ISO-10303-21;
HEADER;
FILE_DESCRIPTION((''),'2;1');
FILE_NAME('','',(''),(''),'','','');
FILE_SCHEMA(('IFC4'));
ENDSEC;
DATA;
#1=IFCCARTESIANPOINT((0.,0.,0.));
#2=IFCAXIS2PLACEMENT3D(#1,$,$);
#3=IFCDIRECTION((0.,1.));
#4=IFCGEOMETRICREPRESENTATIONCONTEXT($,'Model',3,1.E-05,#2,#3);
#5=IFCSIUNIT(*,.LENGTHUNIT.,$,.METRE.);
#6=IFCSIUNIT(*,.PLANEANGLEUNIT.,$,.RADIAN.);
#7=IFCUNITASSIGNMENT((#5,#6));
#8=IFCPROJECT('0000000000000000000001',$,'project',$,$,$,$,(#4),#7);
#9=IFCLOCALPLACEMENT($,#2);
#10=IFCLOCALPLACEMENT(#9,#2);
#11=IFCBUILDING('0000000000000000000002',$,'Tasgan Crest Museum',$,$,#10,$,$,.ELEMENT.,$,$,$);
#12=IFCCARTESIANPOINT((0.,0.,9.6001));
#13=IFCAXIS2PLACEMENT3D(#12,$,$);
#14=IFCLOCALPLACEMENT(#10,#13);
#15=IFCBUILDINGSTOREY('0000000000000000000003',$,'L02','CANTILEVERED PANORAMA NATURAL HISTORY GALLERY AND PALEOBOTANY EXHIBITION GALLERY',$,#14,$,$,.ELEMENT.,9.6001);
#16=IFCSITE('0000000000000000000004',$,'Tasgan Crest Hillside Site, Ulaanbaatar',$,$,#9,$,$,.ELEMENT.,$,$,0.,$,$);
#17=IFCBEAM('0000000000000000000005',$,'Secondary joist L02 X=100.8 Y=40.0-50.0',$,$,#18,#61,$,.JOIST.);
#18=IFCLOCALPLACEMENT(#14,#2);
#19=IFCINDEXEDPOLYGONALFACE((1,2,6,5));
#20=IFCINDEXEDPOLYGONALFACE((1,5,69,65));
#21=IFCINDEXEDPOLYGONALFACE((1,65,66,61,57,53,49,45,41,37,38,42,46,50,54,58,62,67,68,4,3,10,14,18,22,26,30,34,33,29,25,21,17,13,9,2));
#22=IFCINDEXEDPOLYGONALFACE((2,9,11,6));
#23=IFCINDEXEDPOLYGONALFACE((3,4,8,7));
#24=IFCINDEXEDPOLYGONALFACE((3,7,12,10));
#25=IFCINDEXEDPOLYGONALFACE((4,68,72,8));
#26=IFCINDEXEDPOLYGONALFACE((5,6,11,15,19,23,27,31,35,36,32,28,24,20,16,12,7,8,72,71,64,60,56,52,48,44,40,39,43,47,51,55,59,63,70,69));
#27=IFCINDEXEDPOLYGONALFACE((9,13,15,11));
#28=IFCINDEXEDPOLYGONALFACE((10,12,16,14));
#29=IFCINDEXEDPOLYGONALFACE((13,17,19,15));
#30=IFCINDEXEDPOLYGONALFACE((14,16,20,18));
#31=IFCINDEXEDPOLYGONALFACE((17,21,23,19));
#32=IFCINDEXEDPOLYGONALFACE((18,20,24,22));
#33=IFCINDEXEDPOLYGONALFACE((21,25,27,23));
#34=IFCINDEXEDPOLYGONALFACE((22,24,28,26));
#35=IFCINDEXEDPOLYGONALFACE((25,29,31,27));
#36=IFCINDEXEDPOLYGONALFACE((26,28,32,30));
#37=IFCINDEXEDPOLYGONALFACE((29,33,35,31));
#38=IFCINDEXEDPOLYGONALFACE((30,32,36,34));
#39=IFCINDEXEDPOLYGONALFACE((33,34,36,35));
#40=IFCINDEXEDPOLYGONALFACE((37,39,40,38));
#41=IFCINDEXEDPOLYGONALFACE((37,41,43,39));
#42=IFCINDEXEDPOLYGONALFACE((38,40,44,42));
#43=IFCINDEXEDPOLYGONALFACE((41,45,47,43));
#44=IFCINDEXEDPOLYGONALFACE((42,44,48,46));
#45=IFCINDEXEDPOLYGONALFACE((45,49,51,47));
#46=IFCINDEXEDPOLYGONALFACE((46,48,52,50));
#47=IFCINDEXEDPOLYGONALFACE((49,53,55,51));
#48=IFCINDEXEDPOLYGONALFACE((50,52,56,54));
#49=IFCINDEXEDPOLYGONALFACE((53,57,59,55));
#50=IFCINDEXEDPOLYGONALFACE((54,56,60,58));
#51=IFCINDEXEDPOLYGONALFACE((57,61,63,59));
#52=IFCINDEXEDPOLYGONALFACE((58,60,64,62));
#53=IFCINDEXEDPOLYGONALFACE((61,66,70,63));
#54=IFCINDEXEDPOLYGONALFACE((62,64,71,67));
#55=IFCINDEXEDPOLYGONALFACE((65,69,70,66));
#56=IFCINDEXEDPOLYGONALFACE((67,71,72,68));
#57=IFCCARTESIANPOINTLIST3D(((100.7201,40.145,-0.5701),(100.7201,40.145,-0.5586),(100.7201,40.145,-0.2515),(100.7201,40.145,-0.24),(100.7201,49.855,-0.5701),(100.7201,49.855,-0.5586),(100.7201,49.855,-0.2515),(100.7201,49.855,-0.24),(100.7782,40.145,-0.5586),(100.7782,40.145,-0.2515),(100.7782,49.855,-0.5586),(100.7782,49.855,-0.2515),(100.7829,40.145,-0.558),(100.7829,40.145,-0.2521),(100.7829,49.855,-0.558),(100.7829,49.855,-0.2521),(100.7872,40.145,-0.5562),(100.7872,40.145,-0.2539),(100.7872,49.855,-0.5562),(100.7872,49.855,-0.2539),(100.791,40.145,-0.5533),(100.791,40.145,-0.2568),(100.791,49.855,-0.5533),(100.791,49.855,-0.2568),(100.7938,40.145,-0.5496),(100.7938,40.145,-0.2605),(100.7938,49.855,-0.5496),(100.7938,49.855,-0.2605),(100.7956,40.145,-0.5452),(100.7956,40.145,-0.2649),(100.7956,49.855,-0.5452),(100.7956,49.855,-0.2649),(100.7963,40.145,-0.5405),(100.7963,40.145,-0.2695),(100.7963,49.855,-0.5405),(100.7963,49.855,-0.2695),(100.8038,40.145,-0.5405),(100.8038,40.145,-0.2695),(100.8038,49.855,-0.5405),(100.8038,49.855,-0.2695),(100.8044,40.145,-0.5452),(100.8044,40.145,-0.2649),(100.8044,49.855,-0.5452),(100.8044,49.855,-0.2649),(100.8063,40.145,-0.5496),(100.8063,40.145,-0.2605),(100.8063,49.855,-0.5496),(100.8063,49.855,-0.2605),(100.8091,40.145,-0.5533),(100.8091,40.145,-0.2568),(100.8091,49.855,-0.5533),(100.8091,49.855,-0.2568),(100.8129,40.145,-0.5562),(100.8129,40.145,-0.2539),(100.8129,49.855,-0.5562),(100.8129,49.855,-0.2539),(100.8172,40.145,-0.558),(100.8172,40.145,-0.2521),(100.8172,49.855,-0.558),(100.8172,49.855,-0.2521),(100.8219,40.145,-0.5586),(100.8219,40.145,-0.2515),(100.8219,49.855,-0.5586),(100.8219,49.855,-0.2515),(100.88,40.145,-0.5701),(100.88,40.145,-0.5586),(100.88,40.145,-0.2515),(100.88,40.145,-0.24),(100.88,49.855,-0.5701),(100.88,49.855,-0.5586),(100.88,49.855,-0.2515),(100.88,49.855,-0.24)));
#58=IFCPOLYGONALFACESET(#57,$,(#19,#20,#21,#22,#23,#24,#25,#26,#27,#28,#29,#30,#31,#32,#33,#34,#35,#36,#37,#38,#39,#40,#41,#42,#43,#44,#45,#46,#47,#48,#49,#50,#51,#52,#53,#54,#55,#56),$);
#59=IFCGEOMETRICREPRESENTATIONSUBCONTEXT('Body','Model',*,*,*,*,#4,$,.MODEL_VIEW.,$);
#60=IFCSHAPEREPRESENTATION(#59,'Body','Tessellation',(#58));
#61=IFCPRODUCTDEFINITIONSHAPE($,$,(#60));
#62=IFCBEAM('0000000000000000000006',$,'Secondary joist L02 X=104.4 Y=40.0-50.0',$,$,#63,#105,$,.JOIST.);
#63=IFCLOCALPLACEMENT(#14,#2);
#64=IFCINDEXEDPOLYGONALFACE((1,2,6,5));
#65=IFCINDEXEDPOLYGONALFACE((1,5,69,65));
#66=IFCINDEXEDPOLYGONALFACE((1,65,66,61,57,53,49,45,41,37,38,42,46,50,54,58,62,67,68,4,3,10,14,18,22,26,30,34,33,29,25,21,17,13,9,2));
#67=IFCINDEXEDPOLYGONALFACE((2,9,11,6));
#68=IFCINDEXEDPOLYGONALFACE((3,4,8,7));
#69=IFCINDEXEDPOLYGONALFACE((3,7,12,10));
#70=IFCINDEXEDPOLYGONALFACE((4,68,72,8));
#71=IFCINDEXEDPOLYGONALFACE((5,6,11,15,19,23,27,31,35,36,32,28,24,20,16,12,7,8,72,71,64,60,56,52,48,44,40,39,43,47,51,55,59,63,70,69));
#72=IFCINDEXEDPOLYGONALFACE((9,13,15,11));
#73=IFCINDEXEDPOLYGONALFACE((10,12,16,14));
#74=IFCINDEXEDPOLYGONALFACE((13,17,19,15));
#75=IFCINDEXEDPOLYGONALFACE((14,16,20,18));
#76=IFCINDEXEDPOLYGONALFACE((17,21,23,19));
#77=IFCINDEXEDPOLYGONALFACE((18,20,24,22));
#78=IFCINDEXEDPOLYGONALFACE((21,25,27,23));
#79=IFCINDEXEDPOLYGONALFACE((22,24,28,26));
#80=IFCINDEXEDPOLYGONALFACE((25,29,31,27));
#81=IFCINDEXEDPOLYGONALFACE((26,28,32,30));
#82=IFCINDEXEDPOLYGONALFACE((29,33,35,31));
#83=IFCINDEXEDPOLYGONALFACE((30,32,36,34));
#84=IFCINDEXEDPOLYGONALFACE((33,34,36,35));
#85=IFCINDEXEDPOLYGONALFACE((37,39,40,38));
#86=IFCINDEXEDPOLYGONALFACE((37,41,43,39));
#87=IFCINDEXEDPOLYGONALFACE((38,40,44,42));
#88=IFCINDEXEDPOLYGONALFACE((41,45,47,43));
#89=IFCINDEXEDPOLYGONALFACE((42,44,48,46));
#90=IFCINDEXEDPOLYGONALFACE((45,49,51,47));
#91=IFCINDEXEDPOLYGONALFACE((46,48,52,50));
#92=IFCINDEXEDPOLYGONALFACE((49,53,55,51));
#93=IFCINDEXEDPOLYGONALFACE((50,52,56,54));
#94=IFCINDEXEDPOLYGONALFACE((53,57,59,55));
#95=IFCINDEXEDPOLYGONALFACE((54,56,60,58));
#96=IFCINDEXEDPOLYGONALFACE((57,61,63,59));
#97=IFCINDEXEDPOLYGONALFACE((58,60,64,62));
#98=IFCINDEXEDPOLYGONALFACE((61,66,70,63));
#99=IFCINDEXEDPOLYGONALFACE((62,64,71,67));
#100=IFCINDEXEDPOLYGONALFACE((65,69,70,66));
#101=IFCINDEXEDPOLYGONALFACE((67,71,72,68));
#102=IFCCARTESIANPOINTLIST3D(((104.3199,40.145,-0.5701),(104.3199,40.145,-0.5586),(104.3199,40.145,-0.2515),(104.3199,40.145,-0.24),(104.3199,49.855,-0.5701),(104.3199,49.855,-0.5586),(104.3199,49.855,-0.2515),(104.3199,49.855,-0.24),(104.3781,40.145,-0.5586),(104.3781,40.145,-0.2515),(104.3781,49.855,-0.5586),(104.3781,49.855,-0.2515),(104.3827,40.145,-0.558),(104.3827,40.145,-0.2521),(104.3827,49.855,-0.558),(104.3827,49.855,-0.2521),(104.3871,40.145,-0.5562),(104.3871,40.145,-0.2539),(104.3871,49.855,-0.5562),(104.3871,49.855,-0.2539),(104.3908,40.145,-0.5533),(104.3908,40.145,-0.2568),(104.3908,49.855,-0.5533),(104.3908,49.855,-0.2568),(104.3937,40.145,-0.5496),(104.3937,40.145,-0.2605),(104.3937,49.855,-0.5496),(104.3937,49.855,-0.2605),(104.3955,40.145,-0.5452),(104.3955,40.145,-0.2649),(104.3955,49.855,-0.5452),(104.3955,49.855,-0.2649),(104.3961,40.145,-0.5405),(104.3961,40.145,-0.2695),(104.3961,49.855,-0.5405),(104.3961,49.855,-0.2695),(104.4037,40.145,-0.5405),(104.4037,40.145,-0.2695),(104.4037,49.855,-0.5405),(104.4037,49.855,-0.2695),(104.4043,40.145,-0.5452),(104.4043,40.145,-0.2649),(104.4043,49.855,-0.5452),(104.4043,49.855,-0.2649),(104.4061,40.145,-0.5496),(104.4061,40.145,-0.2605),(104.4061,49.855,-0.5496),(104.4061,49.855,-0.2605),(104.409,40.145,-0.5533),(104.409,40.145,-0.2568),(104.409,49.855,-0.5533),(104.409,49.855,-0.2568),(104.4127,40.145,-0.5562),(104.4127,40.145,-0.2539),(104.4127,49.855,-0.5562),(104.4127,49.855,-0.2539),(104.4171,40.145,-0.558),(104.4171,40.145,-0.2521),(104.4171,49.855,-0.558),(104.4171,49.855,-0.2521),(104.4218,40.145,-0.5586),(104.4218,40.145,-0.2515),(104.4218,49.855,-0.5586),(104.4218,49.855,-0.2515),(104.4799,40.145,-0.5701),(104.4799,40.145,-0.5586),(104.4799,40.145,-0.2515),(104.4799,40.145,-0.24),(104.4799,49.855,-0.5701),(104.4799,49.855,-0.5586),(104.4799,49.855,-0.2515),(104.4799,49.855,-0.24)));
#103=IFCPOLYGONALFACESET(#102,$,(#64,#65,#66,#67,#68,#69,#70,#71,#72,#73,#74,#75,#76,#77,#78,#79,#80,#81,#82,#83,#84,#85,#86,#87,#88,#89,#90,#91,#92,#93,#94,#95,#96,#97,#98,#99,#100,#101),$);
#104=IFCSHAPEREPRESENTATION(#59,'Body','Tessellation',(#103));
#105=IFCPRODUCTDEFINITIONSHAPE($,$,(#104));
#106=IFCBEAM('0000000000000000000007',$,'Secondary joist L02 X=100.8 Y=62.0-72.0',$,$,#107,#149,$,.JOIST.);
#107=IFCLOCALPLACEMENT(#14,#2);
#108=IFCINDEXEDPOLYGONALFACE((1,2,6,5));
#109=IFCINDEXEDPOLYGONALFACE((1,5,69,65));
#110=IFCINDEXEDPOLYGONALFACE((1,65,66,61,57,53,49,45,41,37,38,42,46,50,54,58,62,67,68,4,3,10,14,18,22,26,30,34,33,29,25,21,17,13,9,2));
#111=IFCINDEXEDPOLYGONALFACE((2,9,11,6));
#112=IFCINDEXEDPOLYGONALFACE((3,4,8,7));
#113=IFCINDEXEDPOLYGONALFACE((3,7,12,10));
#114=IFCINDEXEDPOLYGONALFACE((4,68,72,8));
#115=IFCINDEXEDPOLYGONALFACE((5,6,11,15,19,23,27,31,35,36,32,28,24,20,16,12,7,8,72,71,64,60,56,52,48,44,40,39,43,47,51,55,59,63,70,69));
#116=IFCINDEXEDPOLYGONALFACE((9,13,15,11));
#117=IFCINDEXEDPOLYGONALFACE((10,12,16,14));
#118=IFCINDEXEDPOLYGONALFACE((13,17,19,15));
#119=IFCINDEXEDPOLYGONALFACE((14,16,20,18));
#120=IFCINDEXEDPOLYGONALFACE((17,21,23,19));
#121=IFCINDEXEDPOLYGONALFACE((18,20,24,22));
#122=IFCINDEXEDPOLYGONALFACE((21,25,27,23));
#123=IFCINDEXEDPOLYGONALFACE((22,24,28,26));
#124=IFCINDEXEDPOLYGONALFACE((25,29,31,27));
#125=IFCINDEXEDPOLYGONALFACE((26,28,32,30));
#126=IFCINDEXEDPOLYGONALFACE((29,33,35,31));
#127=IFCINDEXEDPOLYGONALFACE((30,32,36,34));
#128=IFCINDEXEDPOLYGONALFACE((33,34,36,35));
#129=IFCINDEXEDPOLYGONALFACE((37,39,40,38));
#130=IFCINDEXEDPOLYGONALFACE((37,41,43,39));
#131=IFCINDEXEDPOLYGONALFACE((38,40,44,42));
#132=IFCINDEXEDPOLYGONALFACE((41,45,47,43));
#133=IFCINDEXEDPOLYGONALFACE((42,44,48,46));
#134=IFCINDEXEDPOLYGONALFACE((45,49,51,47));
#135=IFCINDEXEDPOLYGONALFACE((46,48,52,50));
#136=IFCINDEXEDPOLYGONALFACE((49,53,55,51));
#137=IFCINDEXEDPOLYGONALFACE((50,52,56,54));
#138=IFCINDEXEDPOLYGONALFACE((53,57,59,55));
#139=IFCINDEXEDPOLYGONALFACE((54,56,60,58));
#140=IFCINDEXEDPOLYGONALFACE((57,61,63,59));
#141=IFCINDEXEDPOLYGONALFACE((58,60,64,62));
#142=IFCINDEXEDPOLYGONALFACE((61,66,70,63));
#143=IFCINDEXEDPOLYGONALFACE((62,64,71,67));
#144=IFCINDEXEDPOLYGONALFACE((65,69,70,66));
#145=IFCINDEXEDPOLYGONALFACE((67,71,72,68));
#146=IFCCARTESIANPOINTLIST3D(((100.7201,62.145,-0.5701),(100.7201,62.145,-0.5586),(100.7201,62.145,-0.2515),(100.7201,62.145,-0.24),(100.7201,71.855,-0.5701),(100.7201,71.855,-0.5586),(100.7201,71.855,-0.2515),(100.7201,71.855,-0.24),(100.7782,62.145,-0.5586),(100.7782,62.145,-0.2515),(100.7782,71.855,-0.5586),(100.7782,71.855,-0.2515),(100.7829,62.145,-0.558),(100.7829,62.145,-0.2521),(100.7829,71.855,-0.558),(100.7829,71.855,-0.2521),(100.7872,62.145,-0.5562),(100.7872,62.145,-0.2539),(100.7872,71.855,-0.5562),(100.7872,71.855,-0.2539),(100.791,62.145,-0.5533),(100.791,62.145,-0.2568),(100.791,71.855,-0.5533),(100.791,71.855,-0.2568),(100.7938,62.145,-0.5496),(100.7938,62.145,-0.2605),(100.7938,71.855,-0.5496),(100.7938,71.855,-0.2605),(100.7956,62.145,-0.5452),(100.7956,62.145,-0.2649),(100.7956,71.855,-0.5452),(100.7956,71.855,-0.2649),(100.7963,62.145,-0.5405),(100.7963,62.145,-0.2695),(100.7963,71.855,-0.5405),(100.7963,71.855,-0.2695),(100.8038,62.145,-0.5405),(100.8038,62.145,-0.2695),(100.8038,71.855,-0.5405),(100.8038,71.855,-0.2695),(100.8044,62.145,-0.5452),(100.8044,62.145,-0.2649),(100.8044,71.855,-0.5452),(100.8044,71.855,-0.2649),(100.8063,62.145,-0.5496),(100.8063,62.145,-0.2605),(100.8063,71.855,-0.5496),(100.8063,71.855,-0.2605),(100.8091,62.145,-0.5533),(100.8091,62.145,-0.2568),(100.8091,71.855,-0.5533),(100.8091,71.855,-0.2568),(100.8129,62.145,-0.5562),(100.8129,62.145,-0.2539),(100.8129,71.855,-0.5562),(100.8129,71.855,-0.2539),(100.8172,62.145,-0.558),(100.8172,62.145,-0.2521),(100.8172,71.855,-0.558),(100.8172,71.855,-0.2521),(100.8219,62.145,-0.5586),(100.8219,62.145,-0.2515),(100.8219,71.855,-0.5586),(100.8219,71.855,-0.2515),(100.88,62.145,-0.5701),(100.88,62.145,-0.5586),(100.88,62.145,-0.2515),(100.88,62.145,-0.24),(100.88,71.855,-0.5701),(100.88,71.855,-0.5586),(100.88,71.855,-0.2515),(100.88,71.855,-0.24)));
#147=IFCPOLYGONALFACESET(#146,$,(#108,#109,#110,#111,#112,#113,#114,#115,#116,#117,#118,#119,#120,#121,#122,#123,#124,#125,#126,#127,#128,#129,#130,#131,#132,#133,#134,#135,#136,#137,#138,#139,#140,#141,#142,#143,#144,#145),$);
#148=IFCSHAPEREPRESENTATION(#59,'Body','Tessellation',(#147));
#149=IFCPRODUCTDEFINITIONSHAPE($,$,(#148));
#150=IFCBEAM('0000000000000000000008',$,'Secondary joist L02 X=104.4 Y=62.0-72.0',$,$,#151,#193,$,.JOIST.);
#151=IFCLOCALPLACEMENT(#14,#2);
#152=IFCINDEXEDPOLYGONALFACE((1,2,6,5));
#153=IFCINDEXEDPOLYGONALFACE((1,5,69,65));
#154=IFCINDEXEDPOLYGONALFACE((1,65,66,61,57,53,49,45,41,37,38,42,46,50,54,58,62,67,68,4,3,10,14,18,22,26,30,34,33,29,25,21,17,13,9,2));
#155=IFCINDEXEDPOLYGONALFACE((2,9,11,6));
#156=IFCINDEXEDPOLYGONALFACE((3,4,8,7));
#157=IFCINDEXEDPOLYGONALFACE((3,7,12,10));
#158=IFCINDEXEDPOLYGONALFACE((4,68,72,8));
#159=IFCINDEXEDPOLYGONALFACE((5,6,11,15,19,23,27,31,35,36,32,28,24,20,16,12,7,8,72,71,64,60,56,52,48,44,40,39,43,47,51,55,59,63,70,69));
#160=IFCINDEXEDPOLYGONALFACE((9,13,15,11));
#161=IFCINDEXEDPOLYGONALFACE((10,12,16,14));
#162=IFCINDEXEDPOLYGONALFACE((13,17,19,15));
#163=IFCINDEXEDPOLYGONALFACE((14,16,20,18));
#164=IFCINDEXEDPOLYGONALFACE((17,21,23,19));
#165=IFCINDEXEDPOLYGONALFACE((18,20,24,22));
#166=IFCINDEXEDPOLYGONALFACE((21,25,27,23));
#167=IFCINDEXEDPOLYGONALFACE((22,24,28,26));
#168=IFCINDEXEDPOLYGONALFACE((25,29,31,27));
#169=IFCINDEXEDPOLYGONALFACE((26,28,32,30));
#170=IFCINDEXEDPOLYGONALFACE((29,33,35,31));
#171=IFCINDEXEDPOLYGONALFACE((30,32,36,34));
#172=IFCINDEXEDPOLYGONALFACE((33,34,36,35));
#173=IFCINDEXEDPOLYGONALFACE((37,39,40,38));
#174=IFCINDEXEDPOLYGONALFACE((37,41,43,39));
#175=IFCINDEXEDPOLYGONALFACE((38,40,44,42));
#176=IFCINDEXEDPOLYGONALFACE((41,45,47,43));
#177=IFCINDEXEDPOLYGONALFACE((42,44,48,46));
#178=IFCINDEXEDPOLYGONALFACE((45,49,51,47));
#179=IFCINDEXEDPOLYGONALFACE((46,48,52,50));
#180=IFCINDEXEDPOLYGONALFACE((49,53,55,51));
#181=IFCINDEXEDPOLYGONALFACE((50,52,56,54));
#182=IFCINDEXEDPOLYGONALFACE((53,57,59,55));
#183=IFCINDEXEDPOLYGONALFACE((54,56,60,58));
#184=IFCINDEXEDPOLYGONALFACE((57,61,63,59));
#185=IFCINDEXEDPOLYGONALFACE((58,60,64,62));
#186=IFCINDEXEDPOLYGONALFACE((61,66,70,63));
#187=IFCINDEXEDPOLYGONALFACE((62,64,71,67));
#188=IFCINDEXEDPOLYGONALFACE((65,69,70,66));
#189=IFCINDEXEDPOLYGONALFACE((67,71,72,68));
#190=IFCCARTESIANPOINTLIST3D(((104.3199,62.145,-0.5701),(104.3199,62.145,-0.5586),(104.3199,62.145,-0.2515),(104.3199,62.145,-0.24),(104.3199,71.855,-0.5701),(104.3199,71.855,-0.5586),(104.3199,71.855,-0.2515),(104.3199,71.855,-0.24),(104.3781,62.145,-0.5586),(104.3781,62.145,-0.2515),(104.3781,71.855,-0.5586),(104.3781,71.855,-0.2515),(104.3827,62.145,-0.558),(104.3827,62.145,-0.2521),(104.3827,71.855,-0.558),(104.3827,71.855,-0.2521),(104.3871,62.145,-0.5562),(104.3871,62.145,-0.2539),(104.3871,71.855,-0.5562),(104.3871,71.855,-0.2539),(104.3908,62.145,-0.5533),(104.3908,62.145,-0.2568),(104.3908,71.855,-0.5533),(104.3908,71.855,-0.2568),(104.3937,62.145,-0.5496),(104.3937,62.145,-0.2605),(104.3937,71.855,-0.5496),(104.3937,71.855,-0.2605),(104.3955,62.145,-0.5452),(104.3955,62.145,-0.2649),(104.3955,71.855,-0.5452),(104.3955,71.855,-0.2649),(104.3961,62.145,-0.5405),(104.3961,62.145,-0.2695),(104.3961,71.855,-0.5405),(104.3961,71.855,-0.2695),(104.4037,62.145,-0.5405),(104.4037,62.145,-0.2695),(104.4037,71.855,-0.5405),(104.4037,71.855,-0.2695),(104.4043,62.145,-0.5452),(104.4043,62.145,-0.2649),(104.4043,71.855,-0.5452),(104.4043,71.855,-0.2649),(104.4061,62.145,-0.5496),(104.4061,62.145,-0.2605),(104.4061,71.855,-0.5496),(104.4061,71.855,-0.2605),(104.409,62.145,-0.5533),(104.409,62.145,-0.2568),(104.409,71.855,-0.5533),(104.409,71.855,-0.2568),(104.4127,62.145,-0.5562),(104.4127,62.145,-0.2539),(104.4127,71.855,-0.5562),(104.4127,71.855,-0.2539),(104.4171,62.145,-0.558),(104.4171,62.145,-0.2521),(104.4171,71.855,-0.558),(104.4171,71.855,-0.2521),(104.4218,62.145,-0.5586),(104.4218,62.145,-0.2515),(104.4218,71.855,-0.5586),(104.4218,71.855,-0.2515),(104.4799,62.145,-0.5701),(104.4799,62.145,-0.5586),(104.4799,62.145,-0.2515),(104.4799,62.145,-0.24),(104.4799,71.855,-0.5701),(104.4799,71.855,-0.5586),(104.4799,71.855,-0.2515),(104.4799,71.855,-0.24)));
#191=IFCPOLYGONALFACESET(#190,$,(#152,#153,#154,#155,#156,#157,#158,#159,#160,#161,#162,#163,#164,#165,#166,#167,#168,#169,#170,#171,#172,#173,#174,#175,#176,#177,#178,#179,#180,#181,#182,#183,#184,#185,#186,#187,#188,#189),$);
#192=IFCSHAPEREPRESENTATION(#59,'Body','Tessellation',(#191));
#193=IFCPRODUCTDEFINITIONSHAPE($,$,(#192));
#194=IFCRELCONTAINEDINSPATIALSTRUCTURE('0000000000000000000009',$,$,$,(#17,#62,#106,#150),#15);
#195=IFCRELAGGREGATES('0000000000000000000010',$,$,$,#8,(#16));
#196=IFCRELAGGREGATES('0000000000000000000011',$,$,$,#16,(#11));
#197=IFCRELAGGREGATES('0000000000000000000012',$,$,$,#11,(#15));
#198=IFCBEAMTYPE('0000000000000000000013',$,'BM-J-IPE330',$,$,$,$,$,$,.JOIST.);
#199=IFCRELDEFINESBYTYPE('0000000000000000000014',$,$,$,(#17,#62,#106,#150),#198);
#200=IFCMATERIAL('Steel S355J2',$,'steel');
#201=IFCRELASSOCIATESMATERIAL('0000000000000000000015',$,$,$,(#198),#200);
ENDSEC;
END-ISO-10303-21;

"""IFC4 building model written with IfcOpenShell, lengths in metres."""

from ifc_helpers import new_model, si_unit, direction, frame, origin, origin_2d, place, context, subcontext, project, spatial, i_section, extrude, material, material_profile, profile_set, type_object, element, save


model = new_model("IFC4")

# Units and contexts
model_context = context("Model", 3, precision=1e-05, world=origin(), true_north=direction((0.0, 1.0)))
body_context = subcontext(model_context, "Body", "Model", "MODEL_VIEW")
ifc_project = project(units=[si_unit("LENGTHUNIT", "METRE"), si_unit("PLANEANGLEUNIT", "RADIAN")], contexts=[model_context])

# Site, building, storey
site_placement = place(None, origin())
site = spatial("IfcSite", under=ifc_project, at=site_placement, Name="Tasgan Crest Hillside Site, Ulaanbaatar", CompositionType="ELEMENT", RefElevation=0.0)
building_placement = place(site_placement, origin())
building = spatial("IfcBuilding", under=site, at=building_placement, Name="Tasgan Crest Museum", CompositionType="ELEMENT")
storey_placement = place(building_placement, frame((0.0, 0.0, 9.6001)))
storey = spatial("IfcBuildingStorey", under=building, at=storey_placement, Name="L02", Description="CANTILEVERED PANORAMA NATURAL HISTORY GALLERY AND PALEOBOTANY EXHIBITION GALLERY", CompositionType="ELEMENT", Elevation=9.6001)

# Beams
ifc_material_1 = material(Name="Steel S355J2", Category="steel")
ifc_material_profile_1 = material_profile(ifc_material_1, i_section(OverallWidth=0.1599, OverallDepth=0.3301, WebThickness=0.0076, FlangeThickness=0.0115, FilletRadius=0.0181, at=origin_2d()), Name="IPE 330")
ifc_profile_set_1 = profile_set([ifc_material_profile_1], Name="Steel S355J2")
beam_type_1 = type_object("IfcBeamType", Name="BM-J-IPE330", PredefinedType="JOIST", material=ifc_profile_set_1)
for number, where, z_axis, x_axis, name in (
    (1, (100.8, 40.145, -0.405), (0.0, 1.0, 0.0), (-1.0, 0.0, 0.0), "Secondary joist L02 X=100.8 Y=40.0-50.0"),
    (2, (104.3999, 40.145, -0.405), (0.0, 1.0, 0.0), (-1.0, 0.0, 0.0), "Secondary joist L02 X=104.4 Y=40.0-50.0"),
    (3, (100.8, 62.145, -0.405), (0.0, 1.0, 0.0), (-1.0, 0.0, 0.0), "Secondary joist L02 X=100.8 Y=62.0-72.0"),
    (4, (104.3999, 62.145, -0.405), (0.0, 1.0, 0.0), (-1.0, 0.0, 0.0), "Secondary joist L02 X=104.4 Y=62.0-72.0"),
):
    element("IfcBeam", number, at=place(storey_placement, frame(where, z_axis=z_axis, x_axis=x_axis)), inside=storey, type_object=beam_type_1, Name=name, PredefinedType="JOIST", context=body_context, shape_type="SweptSolid", body=[
        extrude(i_section(OverallWidth=0.1599, OverallDepth=0.3301, WebThickness=0.0076, FlangeThickness=0.0115, FilletRadius=0.0181, at=origin_2d()), origin(), (0.0, 0.0, 1.0), 9.71),
    ])

save(model, "model.ifc")
